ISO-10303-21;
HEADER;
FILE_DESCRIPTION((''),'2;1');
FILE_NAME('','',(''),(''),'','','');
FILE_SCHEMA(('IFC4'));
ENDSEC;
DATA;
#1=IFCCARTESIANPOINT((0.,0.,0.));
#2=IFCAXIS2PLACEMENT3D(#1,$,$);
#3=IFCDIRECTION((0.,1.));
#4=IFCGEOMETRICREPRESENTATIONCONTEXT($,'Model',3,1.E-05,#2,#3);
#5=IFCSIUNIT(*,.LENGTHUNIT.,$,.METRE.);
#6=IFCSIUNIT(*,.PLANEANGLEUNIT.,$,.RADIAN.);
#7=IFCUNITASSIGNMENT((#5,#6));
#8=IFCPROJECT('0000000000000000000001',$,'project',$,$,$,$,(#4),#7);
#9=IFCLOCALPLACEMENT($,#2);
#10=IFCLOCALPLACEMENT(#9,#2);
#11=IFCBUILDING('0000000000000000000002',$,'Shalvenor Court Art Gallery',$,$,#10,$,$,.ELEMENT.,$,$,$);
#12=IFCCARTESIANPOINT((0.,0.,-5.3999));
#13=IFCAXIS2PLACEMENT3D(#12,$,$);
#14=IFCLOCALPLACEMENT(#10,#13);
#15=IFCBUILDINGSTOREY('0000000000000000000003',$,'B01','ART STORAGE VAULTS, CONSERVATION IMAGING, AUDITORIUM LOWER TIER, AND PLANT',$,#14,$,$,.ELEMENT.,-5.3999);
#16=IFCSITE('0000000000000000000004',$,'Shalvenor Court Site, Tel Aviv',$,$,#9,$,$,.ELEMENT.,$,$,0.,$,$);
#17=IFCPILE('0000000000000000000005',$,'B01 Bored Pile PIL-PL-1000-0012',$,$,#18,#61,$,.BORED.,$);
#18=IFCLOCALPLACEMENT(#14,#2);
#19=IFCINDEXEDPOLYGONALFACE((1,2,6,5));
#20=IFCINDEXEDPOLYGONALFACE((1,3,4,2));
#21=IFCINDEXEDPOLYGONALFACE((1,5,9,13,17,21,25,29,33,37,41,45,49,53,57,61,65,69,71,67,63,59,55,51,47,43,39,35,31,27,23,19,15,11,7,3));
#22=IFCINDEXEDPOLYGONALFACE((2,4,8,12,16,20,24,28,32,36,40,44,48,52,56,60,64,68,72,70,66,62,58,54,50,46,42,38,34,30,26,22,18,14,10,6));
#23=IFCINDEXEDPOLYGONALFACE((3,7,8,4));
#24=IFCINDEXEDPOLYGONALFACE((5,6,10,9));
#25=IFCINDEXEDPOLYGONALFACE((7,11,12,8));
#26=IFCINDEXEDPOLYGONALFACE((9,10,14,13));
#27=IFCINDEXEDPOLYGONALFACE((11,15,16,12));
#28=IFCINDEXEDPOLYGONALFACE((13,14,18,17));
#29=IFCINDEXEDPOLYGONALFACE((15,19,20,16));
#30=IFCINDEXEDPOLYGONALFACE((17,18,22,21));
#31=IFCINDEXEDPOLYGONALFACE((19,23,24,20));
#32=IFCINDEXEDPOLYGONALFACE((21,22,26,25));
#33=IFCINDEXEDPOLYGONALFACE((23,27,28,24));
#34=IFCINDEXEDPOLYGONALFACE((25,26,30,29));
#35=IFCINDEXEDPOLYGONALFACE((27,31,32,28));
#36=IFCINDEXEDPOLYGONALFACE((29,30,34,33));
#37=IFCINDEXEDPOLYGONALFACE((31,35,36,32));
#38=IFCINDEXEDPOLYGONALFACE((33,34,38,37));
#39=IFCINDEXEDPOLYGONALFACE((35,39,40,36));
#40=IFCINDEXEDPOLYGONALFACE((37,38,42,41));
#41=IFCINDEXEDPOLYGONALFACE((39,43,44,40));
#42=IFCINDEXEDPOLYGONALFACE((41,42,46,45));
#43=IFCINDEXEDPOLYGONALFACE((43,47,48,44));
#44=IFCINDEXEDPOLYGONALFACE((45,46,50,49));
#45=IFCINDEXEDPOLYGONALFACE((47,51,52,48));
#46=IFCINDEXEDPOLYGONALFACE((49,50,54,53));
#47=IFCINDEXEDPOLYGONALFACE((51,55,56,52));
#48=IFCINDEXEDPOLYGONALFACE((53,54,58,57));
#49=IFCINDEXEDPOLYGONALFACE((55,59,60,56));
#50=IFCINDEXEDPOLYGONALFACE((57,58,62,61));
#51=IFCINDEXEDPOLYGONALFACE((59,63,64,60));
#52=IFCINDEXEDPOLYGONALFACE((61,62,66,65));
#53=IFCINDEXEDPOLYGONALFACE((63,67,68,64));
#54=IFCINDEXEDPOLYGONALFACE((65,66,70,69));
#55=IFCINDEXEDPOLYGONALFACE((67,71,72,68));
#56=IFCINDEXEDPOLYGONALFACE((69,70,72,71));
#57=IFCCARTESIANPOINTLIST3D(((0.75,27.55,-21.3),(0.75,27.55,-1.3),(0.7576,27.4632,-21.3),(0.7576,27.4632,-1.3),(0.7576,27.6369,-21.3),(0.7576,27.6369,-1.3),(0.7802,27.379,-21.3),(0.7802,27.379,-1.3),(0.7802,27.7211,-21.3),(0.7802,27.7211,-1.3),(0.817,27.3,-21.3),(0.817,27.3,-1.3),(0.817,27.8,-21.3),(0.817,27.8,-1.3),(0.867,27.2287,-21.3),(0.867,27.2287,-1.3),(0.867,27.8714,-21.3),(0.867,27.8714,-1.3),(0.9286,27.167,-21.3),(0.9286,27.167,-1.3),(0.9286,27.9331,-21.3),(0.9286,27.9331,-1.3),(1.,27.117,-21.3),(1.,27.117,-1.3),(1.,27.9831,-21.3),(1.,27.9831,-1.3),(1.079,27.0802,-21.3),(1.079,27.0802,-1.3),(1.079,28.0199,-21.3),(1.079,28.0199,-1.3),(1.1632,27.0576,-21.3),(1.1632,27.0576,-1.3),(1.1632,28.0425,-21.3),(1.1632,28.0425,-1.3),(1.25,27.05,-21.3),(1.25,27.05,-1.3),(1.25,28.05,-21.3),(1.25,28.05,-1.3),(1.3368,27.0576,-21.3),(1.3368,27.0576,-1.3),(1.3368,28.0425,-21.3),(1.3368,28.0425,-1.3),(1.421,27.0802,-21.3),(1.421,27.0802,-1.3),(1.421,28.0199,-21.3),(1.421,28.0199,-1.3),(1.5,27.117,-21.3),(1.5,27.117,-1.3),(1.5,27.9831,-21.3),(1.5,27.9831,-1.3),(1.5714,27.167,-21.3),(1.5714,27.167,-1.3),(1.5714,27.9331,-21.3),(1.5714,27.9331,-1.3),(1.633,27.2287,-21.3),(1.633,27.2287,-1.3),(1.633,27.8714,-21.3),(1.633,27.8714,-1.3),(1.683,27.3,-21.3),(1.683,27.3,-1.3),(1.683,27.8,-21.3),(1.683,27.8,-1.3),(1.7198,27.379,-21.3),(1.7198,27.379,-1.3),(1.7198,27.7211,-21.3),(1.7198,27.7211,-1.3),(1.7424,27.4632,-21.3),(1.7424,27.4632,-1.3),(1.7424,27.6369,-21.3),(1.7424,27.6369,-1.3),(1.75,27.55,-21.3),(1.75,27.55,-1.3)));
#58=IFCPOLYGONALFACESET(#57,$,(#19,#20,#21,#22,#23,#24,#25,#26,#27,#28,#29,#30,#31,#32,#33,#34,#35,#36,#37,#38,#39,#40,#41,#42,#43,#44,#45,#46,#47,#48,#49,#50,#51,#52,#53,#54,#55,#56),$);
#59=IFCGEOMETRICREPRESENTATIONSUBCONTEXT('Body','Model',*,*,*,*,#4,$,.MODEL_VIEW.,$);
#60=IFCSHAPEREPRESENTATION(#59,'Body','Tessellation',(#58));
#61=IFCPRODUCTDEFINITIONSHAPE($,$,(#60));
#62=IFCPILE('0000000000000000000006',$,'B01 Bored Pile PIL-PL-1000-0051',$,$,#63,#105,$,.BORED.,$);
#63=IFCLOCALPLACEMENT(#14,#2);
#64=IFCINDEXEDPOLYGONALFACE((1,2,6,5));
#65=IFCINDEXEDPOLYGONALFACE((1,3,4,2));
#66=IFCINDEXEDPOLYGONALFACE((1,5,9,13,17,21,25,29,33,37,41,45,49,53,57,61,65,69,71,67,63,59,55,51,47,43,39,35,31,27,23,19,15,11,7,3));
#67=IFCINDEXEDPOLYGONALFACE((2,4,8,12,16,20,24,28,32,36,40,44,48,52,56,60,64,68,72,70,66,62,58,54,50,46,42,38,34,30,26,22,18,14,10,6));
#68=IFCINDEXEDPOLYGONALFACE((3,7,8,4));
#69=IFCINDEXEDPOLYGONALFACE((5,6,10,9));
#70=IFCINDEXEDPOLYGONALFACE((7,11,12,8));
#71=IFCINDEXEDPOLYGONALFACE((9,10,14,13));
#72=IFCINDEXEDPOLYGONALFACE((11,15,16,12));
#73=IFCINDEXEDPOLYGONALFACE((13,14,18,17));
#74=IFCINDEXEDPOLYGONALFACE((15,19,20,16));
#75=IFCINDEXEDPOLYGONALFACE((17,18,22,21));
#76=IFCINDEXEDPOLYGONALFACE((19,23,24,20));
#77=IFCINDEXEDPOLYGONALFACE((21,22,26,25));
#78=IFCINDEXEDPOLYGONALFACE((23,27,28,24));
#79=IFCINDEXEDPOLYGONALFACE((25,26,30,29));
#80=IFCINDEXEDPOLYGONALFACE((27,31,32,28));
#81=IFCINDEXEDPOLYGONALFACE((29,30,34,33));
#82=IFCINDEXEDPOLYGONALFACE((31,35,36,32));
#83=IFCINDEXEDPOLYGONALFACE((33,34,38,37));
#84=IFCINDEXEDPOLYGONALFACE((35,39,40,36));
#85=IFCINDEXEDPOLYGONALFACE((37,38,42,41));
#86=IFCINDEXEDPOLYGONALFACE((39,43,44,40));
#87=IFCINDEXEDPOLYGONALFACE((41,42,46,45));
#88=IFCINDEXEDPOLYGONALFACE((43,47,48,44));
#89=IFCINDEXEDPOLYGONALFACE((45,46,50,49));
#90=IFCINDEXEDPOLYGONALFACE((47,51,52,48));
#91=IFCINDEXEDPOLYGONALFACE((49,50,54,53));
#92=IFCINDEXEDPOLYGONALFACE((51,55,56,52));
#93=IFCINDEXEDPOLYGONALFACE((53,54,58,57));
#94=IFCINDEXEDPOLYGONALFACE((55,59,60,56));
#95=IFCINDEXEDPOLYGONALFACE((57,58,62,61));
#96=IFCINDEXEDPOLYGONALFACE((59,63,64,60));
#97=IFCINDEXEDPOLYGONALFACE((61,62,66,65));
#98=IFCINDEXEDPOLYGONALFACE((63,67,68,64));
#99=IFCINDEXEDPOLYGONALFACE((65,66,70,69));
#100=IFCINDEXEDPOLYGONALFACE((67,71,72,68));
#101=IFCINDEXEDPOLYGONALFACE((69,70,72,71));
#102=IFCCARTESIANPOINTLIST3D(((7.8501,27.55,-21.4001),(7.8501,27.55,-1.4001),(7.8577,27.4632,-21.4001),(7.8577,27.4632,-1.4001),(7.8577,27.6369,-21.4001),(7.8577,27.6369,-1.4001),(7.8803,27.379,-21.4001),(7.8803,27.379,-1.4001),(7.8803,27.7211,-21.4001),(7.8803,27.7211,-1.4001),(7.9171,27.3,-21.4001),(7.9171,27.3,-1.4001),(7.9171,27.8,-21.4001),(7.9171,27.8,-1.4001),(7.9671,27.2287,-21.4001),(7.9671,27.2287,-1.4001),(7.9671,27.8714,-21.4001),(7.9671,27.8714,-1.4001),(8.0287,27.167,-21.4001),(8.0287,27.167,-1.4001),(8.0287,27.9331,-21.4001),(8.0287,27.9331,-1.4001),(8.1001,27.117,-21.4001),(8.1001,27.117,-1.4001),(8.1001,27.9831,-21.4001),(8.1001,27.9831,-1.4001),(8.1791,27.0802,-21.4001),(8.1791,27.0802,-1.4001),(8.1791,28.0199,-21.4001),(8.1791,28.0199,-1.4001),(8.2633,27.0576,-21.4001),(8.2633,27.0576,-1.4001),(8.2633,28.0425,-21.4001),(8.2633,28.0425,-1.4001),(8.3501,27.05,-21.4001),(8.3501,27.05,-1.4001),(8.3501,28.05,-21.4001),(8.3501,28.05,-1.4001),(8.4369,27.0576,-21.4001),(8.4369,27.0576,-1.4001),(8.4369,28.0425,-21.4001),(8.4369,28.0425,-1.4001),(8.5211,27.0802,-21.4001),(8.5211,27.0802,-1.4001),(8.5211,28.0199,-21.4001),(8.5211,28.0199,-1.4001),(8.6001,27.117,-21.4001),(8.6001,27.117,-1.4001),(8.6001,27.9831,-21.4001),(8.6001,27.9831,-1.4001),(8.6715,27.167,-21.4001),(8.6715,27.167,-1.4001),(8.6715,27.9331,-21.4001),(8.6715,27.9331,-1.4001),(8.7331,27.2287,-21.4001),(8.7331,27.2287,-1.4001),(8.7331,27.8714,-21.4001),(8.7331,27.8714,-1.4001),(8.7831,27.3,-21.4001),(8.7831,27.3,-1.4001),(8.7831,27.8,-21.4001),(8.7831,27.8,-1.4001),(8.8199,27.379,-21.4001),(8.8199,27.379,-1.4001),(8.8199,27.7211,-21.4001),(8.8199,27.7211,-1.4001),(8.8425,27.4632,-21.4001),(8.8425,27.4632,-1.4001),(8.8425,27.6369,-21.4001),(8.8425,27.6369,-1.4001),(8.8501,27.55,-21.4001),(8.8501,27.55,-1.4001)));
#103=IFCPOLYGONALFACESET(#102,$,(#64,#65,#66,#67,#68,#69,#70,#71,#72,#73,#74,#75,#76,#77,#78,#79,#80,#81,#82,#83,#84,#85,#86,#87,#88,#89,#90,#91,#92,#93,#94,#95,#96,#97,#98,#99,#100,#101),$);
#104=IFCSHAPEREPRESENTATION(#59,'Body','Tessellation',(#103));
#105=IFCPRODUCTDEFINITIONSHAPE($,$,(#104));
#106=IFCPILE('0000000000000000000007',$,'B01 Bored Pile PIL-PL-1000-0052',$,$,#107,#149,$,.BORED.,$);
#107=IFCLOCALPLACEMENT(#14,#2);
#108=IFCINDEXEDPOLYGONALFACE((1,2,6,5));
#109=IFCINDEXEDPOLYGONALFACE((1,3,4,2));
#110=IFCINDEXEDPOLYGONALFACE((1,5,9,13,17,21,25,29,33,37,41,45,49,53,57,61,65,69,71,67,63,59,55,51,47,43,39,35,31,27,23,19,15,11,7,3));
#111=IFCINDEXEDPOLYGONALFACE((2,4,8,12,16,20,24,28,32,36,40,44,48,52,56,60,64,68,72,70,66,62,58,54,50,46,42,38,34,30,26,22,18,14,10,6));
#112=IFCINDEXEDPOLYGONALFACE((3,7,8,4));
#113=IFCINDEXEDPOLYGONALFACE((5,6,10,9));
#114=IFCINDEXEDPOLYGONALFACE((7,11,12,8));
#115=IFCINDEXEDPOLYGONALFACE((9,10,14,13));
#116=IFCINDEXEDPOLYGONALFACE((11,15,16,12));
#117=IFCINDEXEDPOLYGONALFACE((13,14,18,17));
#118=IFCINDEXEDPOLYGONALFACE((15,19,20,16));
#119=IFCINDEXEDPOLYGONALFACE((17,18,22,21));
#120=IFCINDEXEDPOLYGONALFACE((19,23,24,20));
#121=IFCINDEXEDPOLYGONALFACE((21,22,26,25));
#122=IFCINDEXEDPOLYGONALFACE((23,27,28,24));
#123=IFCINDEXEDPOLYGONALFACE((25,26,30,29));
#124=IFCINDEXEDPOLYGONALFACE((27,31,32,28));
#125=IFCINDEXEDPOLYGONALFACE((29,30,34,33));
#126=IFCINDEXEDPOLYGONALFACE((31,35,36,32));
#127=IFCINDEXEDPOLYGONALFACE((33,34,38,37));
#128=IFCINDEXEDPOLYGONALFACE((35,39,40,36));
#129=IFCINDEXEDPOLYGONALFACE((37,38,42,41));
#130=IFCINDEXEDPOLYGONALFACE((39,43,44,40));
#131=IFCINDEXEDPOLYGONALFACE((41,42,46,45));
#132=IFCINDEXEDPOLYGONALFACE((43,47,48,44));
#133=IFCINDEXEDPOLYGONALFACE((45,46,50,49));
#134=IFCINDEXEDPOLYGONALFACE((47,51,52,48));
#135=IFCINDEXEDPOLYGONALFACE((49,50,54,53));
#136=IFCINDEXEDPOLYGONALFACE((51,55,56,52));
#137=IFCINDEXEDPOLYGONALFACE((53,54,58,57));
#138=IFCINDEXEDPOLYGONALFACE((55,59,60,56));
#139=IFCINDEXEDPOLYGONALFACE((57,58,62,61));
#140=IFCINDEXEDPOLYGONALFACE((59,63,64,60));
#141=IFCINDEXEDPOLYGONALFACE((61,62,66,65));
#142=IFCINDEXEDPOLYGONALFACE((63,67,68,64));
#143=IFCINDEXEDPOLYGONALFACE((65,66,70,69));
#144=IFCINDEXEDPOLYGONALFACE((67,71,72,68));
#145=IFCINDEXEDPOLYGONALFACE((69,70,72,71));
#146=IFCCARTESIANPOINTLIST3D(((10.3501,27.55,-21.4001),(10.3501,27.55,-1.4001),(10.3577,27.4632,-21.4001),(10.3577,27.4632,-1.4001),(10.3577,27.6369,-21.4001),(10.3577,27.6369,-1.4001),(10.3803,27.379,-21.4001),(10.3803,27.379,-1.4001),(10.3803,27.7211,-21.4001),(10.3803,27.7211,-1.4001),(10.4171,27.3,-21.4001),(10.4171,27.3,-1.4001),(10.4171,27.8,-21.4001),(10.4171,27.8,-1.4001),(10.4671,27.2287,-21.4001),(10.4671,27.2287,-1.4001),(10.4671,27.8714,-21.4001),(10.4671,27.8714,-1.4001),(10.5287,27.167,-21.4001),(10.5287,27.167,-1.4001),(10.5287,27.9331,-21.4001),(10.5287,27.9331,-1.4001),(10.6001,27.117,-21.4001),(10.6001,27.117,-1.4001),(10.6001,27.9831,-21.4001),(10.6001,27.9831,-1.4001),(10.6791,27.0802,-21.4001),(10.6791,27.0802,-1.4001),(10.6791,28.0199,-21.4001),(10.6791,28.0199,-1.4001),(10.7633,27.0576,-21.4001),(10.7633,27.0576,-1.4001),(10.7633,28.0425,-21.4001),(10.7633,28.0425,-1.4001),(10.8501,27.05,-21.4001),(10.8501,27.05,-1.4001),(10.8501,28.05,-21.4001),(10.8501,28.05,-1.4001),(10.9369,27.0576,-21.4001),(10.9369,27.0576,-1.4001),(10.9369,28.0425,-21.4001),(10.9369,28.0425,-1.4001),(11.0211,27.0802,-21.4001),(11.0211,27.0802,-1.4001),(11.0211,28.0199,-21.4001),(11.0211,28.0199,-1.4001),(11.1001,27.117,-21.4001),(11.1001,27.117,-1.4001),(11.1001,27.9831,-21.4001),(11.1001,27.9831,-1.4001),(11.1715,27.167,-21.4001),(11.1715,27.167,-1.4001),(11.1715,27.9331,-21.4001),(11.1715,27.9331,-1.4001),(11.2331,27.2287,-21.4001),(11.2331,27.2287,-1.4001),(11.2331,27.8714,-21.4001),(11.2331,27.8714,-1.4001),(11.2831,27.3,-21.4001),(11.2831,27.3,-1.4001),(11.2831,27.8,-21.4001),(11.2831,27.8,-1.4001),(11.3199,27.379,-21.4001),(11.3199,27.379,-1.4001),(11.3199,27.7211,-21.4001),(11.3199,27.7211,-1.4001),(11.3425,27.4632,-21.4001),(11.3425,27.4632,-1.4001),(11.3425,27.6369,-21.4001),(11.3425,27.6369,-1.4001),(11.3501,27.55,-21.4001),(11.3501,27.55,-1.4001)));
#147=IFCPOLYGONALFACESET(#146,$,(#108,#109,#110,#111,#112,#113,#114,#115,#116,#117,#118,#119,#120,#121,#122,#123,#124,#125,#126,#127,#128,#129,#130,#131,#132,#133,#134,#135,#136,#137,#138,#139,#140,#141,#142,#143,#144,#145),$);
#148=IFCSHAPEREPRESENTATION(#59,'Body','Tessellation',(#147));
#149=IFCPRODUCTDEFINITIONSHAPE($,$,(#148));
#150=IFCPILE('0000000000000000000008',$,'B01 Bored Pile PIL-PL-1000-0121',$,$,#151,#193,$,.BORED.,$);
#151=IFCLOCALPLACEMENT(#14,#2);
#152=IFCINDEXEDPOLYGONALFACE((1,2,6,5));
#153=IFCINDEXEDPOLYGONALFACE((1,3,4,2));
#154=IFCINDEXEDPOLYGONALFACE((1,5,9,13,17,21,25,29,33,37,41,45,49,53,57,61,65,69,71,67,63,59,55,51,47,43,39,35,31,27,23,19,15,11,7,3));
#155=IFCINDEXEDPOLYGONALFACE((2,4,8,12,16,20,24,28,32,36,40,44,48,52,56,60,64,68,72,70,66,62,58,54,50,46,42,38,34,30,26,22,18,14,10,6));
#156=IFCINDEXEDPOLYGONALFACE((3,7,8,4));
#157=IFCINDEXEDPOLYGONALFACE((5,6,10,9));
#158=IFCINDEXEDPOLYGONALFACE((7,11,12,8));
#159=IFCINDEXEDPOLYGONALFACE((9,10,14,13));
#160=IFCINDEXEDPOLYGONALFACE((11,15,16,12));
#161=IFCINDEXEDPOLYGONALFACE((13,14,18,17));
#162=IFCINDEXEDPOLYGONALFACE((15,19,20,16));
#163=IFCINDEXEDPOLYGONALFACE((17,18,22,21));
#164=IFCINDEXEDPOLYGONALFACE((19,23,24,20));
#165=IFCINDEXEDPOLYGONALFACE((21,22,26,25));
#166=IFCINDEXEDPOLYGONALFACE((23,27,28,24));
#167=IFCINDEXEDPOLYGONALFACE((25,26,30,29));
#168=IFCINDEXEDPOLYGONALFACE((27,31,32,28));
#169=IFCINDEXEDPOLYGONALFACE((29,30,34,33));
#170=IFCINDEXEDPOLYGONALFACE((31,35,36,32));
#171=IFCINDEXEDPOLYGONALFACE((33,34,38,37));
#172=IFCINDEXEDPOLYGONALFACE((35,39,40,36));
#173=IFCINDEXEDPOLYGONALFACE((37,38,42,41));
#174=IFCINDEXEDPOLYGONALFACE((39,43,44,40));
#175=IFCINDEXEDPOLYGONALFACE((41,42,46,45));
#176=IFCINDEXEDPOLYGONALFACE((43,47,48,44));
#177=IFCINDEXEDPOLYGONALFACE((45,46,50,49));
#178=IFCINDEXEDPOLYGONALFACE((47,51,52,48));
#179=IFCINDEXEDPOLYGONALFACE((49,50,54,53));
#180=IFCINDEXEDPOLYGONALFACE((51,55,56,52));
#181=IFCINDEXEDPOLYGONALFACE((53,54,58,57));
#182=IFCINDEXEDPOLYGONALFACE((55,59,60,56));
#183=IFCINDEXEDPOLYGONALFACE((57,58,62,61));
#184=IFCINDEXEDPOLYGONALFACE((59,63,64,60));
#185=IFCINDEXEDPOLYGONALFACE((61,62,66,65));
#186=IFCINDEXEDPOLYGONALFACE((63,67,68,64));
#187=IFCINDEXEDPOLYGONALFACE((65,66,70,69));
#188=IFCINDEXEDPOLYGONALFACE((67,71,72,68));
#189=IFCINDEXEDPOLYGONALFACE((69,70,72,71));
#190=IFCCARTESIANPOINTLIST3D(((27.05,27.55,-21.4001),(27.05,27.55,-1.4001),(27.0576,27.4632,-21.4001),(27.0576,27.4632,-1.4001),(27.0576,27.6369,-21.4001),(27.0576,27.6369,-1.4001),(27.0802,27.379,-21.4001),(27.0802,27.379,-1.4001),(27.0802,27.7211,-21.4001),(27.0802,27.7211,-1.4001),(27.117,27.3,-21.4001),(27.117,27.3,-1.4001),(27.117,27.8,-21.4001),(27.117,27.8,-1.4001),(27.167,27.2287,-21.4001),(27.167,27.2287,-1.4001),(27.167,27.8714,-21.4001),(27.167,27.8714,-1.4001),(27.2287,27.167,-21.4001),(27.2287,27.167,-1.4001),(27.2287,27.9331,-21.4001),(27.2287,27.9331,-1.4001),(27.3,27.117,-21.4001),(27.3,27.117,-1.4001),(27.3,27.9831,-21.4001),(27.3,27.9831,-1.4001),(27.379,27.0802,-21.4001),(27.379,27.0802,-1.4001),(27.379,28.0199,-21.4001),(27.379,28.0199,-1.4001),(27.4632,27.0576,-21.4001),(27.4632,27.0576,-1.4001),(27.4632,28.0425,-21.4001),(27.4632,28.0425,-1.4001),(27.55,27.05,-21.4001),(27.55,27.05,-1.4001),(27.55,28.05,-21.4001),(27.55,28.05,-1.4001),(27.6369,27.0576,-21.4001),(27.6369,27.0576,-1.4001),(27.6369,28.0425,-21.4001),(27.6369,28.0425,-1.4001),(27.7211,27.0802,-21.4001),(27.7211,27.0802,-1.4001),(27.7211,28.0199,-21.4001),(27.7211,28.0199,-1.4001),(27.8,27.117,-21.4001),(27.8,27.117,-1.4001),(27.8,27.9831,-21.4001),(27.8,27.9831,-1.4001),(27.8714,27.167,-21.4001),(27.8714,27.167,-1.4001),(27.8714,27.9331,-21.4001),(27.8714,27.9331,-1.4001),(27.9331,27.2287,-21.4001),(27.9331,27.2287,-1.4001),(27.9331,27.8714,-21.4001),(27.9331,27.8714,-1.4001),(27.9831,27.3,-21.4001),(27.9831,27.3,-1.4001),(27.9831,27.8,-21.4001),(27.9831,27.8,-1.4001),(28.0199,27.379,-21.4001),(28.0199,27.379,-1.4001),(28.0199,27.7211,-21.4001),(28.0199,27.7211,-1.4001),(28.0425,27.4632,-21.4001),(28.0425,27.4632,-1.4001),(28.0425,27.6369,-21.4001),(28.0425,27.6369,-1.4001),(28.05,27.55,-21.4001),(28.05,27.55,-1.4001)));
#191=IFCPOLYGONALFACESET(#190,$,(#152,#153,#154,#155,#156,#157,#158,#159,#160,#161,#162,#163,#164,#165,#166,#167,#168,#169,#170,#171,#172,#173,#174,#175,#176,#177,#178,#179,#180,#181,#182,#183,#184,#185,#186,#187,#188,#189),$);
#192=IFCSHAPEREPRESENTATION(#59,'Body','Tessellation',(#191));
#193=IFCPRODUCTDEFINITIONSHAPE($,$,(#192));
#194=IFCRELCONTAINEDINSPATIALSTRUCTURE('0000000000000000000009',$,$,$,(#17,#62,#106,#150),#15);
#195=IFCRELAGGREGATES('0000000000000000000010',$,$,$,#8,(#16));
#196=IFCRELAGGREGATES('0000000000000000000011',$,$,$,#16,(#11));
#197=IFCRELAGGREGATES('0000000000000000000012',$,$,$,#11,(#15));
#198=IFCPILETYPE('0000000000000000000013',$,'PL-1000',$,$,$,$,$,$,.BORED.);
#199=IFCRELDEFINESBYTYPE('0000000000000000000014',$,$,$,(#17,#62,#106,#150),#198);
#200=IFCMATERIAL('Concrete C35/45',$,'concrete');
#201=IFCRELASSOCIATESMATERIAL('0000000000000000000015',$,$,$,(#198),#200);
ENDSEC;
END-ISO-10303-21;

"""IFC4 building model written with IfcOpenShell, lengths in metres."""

from ifc_helpers import new_model, si_unit, direction, frame, origin, origin_2d, place, context, subcontext, project, spatial, circle, extrude, material, material_profile, profile_set, type_object, element, save


model = new_model("IFC4")

# Units and contexts
model_context = context("Model", 3, precision=1e-05, world=origin(), true_north=direction((0.0, 1.0)))
body_context = subcontext(model_context, "Body", "Model", "MODEL_VIEW")
ifc_project = project(units=[si_unit("LENGTHUNIT", "METRE"), si_unit("PLANEANGLEUNIT", "RADIAN")], contexts=[model_context])

# Site, building, storey
site_placement = place(None, origin())
site = spatial("IfcSite", under=ifc_project, at=site_placement, Name="Shalvenor Court Site, Tel Aviv", CompositionType="ELEMENT", RefElevation=0.0)
building_placement = place(site_placement, origin())
building = spatial("IfcBuilding", under=site, at=building_placement, Name="Shalvenor Court Art Gallery", CompositionType="ELEMENT")
storey_placement = place(building_placement, frame((0.0, 0.0, -5.3999)))
storey = spatial("IfcBuildingStorey", under=building, at=storey_placement, Name="B01", Description="ART STORAGE VAULTS, CONSERVATION IMAGING, AUDITORIUM LOWER TIER, AND PLANT", CompositionType="ELEMENT", Elevation=-5.3999)

# Piles
ifc_material_1 = material(Name="Concrete C35/45", Category="concrete")
ifc_material_profile_1 = material_profile(ifc_material_1, circle(Radius=0.5, at=origin_2d()), Name="PILE 1000")
ifc_profile_set_1 = profile_set([ifc_material_profile_1], Name="Concrete C35/45")
pile_type_1 = type_object("IfcPileType", Name="PL-1000", PredefinedType="BORED", material=ifc_profile_set_1)
for number, where, z_axis, x_axis, name in (
    (1, (1.25, 27.55, -1.3), (0.0, 0.0, -1.0), (1.0, 0.0, 0.0), "B01 Bored Pile PIL-PL-1000-0012"),
    (2, (8.3501, 27.55, -1.4001), (0.0, 0.0, -1.0), (1.0, 0.0, 0.0), "B01 Bored Pile PIL-PL-1000-0051"),
    (3, (10.8501, 27.55, -1.4001), (0.0, 0.0, -1.0), (1.0, 0.0, 0.0), "B01 Bored Pile PIL-PL-1000-0052"),
    (4, (27.55, 27.55, -1.4001), (0.0, 0.0, -1.0), (1.0, 0.0, 0.0), "B01 Bored Pile PIL-PL-1000-0121"),
):
    element("IfcPile", number, at=place(storey_placement, frame(where, z_axis=z_axis, x_axis=x_axis)), inside=storey, type_object=pile_type_1, Name=name, PredefinedType="BORED", context=body_context, shape_type="SweptSolid", body=[
        extrude(circle(Radius=0.5, at=origin_2d()), origin(), (0.0, 0.0, 1.0), 20.0),
    ])

save(model, "model.ifc")
